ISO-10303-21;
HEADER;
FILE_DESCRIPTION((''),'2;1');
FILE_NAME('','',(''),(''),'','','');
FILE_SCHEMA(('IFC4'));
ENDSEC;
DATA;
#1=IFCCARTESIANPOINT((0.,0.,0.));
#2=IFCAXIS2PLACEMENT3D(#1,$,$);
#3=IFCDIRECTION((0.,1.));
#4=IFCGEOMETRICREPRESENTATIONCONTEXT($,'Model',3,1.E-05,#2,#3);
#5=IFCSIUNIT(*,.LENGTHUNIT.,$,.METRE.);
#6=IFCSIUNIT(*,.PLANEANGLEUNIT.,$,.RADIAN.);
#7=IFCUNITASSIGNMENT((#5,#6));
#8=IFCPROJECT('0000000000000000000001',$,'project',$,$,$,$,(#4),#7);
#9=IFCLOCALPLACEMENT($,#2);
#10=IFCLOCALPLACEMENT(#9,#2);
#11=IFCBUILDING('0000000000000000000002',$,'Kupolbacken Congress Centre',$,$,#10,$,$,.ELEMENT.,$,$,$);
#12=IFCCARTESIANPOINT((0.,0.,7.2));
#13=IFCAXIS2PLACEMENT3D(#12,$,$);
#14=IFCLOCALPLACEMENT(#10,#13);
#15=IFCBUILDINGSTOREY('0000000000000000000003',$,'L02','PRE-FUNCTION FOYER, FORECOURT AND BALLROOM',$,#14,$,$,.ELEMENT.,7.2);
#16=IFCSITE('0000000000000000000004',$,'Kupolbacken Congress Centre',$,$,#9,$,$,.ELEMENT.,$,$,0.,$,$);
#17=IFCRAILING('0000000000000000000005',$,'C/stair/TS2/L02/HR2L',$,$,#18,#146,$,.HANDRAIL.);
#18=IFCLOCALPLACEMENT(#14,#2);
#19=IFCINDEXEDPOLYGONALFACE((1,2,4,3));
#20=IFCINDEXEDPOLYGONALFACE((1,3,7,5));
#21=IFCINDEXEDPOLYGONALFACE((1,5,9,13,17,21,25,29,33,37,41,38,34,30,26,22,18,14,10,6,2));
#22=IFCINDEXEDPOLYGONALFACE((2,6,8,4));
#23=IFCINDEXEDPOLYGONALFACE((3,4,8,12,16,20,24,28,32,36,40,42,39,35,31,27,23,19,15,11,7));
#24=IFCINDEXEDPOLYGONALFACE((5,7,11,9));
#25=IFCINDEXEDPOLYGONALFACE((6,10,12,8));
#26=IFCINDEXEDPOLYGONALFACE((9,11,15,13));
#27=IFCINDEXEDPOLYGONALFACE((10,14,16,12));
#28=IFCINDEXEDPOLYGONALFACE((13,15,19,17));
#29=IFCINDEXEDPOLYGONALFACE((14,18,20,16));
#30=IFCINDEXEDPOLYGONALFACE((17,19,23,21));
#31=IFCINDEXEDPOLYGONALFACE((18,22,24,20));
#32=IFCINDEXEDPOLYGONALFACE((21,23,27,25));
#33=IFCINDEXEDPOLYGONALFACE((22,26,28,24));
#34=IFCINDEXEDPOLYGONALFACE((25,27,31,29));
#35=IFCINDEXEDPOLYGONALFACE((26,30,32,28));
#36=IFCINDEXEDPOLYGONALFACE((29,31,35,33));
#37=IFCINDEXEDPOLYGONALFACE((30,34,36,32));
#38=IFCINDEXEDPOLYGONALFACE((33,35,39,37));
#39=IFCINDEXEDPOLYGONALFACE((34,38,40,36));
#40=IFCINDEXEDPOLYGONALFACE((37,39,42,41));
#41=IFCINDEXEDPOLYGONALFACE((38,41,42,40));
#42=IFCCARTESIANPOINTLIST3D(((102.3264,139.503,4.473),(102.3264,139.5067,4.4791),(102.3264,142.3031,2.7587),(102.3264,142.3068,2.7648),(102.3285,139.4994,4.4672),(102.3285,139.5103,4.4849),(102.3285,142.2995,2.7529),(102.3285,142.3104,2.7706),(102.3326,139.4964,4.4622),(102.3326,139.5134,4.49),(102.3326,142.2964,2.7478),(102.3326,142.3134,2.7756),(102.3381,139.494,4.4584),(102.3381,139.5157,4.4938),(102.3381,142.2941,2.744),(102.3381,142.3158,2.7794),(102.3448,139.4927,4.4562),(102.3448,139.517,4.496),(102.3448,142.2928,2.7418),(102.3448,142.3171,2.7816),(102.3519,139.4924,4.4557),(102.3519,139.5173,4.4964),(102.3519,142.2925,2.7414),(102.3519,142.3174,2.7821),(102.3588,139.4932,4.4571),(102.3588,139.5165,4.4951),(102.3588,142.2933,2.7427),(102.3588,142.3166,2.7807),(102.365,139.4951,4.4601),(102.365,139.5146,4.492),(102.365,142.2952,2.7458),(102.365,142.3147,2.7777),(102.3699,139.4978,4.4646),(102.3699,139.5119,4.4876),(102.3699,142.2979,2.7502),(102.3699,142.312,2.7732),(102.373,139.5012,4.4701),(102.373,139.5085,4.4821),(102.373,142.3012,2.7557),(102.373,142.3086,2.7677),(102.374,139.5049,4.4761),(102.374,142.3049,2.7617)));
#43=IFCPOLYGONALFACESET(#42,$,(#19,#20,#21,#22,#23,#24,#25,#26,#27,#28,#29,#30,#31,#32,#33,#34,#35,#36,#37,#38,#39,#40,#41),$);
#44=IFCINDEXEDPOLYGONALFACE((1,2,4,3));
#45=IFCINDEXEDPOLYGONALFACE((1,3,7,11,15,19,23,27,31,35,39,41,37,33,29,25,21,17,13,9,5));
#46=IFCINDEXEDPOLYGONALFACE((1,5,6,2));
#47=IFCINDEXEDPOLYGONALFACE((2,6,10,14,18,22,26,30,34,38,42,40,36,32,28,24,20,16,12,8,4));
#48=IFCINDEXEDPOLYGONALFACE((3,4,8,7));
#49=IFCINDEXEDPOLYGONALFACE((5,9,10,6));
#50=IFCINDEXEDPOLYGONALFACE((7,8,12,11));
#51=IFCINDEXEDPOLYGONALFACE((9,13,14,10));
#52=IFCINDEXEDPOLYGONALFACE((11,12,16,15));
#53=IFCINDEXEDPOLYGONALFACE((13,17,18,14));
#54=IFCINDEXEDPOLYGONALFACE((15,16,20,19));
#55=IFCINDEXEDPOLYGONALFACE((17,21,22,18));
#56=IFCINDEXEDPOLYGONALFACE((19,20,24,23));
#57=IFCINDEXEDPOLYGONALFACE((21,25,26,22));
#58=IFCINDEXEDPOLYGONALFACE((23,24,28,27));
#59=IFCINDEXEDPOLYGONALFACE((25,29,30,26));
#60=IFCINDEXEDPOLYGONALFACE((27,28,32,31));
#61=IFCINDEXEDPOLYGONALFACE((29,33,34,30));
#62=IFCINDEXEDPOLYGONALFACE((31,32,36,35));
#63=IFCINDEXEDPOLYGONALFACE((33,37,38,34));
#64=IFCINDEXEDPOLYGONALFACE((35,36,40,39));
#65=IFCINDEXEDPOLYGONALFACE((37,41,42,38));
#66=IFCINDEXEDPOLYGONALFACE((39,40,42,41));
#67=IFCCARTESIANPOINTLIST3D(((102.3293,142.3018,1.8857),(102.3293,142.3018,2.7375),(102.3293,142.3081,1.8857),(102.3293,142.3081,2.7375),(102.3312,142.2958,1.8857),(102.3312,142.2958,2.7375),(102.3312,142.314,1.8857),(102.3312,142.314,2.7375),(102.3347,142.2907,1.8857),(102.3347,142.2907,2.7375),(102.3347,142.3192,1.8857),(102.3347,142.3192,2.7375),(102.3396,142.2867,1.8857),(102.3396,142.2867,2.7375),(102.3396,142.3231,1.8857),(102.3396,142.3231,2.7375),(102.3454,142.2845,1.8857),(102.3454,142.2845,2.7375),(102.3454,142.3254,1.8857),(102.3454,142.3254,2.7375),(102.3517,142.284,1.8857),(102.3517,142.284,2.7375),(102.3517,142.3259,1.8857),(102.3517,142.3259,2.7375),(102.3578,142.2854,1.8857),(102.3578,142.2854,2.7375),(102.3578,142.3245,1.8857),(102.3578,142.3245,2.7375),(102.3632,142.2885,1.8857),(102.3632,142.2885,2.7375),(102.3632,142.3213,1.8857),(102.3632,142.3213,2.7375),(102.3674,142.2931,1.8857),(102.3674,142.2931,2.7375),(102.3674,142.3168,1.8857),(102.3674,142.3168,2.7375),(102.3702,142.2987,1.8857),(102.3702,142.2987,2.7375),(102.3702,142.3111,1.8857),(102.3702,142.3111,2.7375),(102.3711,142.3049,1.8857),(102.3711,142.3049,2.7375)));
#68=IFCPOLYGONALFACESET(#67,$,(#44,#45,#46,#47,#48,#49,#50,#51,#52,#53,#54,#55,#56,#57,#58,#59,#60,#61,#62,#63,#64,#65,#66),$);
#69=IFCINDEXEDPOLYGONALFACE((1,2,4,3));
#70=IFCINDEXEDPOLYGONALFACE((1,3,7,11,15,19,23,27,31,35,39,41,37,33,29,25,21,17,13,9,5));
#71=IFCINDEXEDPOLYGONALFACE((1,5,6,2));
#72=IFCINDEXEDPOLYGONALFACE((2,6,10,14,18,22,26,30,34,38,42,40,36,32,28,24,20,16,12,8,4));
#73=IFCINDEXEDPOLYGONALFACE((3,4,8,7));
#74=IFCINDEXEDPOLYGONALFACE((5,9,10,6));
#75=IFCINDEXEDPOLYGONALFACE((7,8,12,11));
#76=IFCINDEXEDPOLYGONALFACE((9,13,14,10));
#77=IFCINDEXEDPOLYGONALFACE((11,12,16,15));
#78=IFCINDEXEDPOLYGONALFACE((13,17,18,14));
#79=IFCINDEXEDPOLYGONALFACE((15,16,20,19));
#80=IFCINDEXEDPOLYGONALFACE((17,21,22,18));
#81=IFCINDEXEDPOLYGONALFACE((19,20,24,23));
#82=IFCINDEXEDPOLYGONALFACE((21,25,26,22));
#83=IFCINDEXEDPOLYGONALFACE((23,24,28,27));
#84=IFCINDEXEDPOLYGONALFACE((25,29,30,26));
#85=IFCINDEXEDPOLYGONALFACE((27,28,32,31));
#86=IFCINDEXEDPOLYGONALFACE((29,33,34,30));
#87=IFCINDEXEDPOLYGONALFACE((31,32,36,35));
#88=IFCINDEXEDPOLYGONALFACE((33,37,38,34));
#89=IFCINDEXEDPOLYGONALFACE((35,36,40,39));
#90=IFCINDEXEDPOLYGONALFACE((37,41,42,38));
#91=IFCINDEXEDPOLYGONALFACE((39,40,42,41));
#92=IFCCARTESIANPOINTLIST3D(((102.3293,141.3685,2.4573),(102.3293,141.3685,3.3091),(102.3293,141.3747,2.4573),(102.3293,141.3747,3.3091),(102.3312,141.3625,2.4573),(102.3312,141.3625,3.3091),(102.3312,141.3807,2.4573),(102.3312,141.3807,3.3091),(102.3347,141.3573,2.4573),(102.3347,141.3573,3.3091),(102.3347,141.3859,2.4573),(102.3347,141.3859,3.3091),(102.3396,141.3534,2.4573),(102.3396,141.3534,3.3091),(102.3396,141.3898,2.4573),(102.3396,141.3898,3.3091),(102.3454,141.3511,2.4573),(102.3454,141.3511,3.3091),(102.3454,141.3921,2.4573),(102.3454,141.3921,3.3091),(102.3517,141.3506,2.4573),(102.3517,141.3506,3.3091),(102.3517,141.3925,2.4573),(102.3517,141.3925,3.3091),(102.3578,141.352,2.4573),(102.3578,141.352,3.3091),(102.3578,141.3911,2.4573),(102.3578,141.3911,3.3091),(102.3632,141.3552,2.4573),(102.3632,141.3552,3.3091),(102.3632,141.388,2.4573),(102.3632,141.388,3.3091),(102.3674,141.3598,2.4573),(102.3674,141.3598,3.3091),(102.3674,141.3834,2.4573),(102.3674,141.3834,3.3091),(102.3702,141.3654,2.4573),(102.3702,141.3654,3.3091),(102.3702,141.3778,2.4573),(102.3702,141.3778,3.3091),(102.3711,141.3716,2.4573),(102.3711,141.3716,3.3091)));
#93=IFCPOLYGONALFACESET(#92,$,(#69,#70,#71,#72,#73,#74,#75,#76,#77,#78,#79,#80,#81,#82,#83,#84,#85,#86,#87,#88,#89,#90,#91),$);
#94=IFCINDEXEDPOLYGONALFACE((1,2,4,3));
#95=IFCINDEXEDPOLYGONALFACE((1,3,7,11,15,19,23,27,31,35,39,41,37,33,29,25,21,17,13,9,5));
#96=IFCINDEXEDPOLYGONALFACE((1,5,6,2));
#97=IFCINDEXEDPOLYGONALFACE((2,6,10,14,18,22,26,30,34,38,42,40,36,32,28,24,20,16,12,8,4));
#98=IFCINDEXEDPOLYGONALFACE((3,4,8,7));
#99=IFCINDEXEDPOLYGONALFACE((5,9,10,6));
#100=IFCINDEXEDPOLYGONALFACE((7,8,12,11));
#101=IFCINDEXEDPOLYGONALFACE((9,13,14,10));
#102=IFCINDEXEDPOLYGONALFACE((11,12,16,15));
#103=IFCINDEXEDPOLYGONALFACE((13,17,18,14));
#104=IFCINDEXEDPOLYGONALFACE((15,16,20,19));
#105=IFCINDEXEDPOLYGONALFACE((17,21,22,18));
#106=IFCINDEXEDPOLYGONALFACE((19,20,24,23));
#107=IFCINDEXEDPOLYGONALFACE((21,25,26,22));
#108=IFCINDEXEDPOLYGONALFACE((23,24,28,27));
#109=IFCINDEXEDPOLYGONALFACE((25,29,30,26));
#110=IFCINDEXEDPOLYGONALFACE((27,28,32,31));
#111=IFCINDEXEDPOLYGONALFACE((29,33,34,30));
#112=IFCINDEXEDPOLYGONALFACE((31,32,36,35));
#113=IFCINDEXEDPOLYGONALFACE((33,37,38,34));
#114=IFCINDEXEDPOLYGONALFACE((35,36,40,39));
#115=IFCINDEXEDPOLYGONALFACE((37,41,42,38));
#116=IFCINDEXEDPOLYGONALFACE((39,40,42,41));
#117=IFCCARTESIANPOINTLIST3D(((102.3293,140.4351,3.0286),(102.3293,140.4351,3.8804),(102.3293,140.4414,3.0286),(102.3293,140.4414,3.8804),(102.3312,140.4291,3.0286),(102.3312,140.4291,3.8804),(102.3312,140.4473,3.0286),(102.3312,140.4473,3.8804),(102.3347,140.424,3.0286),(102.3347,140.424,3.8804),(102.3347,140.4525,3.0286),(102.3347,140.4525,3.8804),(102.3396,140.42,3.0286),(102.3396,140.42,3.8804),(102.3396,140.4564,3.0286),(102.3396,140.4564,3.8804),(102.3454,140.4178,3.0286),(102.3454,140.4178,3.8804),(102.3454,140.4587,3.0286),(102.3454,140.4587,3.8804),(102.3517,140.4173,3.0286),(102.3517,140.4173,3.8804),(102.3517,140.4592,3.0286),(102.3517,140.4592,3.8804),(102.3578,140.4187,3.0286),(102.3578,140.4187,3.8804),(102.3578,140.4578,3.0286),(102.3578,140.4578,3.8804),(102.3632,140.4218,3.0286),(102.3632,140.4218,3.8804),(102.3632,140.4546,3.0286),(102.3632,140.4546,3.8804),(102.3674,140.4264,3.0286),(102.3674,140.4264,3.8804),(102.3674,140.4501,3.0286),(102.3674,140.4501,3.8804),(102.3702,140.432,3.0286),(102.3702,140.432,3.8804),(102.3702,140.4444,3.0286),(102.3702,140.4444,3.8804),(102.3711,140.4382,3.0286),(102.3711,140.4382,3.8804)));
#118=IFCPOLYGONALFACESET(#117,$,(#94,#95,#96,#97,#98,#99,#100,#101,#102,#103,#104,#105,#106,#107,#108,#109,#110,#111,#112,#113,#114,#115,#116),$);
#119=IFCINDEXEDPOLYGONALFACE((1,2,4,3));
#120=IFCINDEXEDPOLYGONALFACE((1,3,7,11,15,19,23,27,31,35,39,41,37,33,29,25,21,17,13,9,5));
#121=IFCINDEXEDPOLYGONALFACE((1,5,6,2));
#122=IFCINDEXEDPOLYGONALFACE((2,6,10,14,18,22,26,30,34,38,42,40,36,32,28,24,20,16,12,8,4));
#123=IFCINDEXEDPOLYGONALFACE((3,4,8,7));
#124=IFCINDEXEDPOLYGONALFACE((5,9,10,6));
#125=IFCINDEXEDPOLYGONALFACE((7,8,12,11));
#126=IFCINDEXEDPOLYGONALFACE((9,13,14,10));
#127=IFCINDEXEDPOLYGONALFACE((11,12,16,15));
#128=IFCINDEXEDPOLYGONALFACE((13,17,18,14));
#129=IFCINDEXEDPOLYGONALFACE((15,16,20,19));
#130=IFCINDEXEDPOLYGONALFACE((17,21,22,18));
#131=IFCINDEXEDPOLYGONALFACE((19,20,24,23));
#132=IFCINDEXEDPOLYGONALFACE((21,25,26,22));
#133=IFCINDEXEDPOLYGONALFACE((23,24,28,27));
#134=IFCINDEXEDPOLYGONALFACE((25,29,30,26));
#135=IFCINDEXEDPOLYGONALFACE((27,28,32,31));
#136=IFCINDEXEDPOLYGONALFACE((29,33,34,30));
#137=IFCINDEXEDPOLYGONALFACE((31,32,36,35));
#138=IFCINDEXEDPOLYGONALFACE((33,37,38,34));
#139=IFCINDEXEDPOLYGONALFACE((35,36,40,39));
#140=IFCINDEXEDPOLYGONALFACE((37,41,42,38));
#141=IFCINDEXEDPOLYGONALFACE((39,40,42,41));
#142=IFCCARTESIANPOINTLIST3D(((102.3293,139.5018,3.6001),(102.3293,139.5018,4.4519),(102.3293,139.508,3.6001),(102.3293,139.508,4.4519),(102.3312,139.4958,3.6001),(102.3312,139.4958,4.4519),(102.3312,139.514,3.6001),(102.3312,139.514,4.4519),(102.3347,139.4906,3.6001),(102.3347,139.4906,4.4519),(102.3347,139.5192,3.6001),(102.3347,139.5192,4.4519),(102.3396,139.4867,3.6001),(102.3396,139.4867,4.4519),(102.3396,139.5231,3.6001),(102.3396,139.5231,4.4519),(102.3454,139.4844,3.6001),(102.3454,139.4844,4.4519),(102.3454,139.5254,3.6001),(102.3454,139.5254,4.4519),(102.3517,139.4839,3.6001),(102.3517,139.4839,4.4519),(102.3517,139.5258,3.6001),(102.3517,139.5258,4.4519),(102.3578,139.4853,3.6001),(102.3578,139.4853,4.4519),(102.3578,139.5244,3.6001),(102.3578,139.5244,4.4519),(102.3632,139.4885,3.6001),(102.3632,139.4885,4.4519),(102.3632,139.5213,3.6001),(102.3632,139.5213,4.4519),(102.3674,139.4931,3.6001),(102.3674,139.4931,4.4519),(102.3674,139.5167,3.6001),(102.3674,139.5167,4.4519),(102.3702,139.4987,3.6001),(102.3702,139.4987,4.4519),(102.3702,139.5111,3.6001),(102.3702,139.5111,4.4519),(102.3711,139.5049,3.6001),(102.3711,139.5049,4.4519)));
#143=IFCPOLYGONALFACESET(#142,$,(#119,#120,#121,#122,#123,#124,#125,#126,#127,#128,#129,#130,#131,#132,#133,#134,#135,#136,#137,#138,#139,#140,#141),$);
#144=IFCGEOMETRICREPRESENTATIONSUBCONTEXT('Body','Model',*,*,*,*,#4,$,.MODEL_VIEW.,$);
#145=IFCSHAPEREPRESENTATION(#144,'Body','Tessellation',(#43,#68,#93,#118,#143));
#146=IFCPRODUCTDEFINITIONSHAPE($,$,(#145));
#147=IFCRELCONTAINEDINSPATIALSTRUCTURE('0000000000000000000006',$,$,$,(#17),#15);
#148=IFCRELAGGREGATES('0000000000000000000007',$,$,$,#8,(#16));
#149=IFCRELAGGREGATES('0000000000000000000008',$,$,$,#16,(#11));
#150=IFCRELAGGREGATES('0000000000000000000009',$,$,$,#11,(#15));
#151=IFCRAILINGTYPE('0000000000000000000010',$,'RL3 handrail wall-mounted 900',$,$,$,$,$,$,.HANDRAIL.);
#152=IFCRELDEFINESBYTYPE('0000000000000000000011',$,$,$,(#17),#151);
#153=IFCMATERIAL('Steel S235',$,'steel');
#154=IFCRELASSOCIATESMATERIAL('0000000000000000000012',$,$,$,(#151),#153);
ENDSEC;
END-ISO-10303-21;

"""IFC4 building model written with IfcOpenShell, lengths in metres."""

from ifc_helpers import new_model, si_unit, direction, frame, origin, origin_2d, place, context, subcontext, project, spatial, circle, extrude, material, type_object, element, save


model = new_model("IFC4")

# Units and contexts
model_context = context("Model", 3, precision=1e-05, world=origin(), true_north=direction((0.0, 1.0)))
body_context = subcontext(model_context, "Body", "Model", "MODEL_VIEW")
ifc_project = project(units=[si_unit("LENGTHUNIT", "METRE"), si_unit("PLANEANGLEUNIT", "RADIAN")], contexts=[model_context])

# Site, building, storey
site_placement = place(None, origin())
site = spatial("IfcSite", under=ifc_project, at=site_placement, Name="Kupolbacken Congress Centre", CompositionType="ELEMENT", RefElevation=0.0)
building_placement = place(site_placement, origin())
building = spatial("IfcBuilding", under=site, at=building_placement, Name="Kupolbacken Congress Centre", CompositionType="ELEMENT")
storey_placement = place(building_placement, frame((0.0, 0.0, 7.2)))
storey = spatial("IfcBuildingStorey", under=building, at=storey_placement, Name="L02", Description="PRE-FUNCTION FOYER, FORECOURT AND BALLROOM", CompositionType="ELEMENT", Elevation=7.2)

# Railing
ifc_material_1 = material(Name="Steel S235", Category="steel")
railing_type = type_object("IfcRailingType", Name="RL3 handrail wall-mounted 900", PredefinedType="HANDRAIL", material=ifc_material_1)
for number, where, name in (
    (1, (102.3501, 142.3049, 1.8857), "C/stair/TS2/L02/HR2L"),
):
    element("IfcRailing", number, at=place(storey_placement, frame(where)), inside=storey, type_object=railing_type, Name=name, PredefinedType="HANDRAIL", context=body_context, shape_type="SweptSolid", body=[
        extrude(circle(Radius=0.0239, at=origin_2d()), frame((0.0, 0.0, 0.876), z_axis=(0.0, -0.852846, 0.522163), x_axis=(1.0, 0.0, 0.0)), (0.0, 0.0, 1.0), 3.2832),
        extrude(circle(Radius=0.021, at=origin_2d()), origin(), (0.0, 0.0, 1.0), 0.8518),
        extrude(circle(Radius=0.021, at=origin_2d()), frame((0.0, -0.9333, 0.5715)), (0.0, 0.0, 1.0), 0.8518),
        extrude(circle(Radius=0.021, at=origin_2d()), frame((0.0, -1.8667, 1.1428)), (0.0, 0.0, 1.0), 0.8518),
        extrude(circle(Radius=0.021, at=origin_2d()), frame((0.0, -2.8, 1.7144)), (0.0, 0.0, 1.0), 0.8518),
    ])

save(model, "model.ifc")
